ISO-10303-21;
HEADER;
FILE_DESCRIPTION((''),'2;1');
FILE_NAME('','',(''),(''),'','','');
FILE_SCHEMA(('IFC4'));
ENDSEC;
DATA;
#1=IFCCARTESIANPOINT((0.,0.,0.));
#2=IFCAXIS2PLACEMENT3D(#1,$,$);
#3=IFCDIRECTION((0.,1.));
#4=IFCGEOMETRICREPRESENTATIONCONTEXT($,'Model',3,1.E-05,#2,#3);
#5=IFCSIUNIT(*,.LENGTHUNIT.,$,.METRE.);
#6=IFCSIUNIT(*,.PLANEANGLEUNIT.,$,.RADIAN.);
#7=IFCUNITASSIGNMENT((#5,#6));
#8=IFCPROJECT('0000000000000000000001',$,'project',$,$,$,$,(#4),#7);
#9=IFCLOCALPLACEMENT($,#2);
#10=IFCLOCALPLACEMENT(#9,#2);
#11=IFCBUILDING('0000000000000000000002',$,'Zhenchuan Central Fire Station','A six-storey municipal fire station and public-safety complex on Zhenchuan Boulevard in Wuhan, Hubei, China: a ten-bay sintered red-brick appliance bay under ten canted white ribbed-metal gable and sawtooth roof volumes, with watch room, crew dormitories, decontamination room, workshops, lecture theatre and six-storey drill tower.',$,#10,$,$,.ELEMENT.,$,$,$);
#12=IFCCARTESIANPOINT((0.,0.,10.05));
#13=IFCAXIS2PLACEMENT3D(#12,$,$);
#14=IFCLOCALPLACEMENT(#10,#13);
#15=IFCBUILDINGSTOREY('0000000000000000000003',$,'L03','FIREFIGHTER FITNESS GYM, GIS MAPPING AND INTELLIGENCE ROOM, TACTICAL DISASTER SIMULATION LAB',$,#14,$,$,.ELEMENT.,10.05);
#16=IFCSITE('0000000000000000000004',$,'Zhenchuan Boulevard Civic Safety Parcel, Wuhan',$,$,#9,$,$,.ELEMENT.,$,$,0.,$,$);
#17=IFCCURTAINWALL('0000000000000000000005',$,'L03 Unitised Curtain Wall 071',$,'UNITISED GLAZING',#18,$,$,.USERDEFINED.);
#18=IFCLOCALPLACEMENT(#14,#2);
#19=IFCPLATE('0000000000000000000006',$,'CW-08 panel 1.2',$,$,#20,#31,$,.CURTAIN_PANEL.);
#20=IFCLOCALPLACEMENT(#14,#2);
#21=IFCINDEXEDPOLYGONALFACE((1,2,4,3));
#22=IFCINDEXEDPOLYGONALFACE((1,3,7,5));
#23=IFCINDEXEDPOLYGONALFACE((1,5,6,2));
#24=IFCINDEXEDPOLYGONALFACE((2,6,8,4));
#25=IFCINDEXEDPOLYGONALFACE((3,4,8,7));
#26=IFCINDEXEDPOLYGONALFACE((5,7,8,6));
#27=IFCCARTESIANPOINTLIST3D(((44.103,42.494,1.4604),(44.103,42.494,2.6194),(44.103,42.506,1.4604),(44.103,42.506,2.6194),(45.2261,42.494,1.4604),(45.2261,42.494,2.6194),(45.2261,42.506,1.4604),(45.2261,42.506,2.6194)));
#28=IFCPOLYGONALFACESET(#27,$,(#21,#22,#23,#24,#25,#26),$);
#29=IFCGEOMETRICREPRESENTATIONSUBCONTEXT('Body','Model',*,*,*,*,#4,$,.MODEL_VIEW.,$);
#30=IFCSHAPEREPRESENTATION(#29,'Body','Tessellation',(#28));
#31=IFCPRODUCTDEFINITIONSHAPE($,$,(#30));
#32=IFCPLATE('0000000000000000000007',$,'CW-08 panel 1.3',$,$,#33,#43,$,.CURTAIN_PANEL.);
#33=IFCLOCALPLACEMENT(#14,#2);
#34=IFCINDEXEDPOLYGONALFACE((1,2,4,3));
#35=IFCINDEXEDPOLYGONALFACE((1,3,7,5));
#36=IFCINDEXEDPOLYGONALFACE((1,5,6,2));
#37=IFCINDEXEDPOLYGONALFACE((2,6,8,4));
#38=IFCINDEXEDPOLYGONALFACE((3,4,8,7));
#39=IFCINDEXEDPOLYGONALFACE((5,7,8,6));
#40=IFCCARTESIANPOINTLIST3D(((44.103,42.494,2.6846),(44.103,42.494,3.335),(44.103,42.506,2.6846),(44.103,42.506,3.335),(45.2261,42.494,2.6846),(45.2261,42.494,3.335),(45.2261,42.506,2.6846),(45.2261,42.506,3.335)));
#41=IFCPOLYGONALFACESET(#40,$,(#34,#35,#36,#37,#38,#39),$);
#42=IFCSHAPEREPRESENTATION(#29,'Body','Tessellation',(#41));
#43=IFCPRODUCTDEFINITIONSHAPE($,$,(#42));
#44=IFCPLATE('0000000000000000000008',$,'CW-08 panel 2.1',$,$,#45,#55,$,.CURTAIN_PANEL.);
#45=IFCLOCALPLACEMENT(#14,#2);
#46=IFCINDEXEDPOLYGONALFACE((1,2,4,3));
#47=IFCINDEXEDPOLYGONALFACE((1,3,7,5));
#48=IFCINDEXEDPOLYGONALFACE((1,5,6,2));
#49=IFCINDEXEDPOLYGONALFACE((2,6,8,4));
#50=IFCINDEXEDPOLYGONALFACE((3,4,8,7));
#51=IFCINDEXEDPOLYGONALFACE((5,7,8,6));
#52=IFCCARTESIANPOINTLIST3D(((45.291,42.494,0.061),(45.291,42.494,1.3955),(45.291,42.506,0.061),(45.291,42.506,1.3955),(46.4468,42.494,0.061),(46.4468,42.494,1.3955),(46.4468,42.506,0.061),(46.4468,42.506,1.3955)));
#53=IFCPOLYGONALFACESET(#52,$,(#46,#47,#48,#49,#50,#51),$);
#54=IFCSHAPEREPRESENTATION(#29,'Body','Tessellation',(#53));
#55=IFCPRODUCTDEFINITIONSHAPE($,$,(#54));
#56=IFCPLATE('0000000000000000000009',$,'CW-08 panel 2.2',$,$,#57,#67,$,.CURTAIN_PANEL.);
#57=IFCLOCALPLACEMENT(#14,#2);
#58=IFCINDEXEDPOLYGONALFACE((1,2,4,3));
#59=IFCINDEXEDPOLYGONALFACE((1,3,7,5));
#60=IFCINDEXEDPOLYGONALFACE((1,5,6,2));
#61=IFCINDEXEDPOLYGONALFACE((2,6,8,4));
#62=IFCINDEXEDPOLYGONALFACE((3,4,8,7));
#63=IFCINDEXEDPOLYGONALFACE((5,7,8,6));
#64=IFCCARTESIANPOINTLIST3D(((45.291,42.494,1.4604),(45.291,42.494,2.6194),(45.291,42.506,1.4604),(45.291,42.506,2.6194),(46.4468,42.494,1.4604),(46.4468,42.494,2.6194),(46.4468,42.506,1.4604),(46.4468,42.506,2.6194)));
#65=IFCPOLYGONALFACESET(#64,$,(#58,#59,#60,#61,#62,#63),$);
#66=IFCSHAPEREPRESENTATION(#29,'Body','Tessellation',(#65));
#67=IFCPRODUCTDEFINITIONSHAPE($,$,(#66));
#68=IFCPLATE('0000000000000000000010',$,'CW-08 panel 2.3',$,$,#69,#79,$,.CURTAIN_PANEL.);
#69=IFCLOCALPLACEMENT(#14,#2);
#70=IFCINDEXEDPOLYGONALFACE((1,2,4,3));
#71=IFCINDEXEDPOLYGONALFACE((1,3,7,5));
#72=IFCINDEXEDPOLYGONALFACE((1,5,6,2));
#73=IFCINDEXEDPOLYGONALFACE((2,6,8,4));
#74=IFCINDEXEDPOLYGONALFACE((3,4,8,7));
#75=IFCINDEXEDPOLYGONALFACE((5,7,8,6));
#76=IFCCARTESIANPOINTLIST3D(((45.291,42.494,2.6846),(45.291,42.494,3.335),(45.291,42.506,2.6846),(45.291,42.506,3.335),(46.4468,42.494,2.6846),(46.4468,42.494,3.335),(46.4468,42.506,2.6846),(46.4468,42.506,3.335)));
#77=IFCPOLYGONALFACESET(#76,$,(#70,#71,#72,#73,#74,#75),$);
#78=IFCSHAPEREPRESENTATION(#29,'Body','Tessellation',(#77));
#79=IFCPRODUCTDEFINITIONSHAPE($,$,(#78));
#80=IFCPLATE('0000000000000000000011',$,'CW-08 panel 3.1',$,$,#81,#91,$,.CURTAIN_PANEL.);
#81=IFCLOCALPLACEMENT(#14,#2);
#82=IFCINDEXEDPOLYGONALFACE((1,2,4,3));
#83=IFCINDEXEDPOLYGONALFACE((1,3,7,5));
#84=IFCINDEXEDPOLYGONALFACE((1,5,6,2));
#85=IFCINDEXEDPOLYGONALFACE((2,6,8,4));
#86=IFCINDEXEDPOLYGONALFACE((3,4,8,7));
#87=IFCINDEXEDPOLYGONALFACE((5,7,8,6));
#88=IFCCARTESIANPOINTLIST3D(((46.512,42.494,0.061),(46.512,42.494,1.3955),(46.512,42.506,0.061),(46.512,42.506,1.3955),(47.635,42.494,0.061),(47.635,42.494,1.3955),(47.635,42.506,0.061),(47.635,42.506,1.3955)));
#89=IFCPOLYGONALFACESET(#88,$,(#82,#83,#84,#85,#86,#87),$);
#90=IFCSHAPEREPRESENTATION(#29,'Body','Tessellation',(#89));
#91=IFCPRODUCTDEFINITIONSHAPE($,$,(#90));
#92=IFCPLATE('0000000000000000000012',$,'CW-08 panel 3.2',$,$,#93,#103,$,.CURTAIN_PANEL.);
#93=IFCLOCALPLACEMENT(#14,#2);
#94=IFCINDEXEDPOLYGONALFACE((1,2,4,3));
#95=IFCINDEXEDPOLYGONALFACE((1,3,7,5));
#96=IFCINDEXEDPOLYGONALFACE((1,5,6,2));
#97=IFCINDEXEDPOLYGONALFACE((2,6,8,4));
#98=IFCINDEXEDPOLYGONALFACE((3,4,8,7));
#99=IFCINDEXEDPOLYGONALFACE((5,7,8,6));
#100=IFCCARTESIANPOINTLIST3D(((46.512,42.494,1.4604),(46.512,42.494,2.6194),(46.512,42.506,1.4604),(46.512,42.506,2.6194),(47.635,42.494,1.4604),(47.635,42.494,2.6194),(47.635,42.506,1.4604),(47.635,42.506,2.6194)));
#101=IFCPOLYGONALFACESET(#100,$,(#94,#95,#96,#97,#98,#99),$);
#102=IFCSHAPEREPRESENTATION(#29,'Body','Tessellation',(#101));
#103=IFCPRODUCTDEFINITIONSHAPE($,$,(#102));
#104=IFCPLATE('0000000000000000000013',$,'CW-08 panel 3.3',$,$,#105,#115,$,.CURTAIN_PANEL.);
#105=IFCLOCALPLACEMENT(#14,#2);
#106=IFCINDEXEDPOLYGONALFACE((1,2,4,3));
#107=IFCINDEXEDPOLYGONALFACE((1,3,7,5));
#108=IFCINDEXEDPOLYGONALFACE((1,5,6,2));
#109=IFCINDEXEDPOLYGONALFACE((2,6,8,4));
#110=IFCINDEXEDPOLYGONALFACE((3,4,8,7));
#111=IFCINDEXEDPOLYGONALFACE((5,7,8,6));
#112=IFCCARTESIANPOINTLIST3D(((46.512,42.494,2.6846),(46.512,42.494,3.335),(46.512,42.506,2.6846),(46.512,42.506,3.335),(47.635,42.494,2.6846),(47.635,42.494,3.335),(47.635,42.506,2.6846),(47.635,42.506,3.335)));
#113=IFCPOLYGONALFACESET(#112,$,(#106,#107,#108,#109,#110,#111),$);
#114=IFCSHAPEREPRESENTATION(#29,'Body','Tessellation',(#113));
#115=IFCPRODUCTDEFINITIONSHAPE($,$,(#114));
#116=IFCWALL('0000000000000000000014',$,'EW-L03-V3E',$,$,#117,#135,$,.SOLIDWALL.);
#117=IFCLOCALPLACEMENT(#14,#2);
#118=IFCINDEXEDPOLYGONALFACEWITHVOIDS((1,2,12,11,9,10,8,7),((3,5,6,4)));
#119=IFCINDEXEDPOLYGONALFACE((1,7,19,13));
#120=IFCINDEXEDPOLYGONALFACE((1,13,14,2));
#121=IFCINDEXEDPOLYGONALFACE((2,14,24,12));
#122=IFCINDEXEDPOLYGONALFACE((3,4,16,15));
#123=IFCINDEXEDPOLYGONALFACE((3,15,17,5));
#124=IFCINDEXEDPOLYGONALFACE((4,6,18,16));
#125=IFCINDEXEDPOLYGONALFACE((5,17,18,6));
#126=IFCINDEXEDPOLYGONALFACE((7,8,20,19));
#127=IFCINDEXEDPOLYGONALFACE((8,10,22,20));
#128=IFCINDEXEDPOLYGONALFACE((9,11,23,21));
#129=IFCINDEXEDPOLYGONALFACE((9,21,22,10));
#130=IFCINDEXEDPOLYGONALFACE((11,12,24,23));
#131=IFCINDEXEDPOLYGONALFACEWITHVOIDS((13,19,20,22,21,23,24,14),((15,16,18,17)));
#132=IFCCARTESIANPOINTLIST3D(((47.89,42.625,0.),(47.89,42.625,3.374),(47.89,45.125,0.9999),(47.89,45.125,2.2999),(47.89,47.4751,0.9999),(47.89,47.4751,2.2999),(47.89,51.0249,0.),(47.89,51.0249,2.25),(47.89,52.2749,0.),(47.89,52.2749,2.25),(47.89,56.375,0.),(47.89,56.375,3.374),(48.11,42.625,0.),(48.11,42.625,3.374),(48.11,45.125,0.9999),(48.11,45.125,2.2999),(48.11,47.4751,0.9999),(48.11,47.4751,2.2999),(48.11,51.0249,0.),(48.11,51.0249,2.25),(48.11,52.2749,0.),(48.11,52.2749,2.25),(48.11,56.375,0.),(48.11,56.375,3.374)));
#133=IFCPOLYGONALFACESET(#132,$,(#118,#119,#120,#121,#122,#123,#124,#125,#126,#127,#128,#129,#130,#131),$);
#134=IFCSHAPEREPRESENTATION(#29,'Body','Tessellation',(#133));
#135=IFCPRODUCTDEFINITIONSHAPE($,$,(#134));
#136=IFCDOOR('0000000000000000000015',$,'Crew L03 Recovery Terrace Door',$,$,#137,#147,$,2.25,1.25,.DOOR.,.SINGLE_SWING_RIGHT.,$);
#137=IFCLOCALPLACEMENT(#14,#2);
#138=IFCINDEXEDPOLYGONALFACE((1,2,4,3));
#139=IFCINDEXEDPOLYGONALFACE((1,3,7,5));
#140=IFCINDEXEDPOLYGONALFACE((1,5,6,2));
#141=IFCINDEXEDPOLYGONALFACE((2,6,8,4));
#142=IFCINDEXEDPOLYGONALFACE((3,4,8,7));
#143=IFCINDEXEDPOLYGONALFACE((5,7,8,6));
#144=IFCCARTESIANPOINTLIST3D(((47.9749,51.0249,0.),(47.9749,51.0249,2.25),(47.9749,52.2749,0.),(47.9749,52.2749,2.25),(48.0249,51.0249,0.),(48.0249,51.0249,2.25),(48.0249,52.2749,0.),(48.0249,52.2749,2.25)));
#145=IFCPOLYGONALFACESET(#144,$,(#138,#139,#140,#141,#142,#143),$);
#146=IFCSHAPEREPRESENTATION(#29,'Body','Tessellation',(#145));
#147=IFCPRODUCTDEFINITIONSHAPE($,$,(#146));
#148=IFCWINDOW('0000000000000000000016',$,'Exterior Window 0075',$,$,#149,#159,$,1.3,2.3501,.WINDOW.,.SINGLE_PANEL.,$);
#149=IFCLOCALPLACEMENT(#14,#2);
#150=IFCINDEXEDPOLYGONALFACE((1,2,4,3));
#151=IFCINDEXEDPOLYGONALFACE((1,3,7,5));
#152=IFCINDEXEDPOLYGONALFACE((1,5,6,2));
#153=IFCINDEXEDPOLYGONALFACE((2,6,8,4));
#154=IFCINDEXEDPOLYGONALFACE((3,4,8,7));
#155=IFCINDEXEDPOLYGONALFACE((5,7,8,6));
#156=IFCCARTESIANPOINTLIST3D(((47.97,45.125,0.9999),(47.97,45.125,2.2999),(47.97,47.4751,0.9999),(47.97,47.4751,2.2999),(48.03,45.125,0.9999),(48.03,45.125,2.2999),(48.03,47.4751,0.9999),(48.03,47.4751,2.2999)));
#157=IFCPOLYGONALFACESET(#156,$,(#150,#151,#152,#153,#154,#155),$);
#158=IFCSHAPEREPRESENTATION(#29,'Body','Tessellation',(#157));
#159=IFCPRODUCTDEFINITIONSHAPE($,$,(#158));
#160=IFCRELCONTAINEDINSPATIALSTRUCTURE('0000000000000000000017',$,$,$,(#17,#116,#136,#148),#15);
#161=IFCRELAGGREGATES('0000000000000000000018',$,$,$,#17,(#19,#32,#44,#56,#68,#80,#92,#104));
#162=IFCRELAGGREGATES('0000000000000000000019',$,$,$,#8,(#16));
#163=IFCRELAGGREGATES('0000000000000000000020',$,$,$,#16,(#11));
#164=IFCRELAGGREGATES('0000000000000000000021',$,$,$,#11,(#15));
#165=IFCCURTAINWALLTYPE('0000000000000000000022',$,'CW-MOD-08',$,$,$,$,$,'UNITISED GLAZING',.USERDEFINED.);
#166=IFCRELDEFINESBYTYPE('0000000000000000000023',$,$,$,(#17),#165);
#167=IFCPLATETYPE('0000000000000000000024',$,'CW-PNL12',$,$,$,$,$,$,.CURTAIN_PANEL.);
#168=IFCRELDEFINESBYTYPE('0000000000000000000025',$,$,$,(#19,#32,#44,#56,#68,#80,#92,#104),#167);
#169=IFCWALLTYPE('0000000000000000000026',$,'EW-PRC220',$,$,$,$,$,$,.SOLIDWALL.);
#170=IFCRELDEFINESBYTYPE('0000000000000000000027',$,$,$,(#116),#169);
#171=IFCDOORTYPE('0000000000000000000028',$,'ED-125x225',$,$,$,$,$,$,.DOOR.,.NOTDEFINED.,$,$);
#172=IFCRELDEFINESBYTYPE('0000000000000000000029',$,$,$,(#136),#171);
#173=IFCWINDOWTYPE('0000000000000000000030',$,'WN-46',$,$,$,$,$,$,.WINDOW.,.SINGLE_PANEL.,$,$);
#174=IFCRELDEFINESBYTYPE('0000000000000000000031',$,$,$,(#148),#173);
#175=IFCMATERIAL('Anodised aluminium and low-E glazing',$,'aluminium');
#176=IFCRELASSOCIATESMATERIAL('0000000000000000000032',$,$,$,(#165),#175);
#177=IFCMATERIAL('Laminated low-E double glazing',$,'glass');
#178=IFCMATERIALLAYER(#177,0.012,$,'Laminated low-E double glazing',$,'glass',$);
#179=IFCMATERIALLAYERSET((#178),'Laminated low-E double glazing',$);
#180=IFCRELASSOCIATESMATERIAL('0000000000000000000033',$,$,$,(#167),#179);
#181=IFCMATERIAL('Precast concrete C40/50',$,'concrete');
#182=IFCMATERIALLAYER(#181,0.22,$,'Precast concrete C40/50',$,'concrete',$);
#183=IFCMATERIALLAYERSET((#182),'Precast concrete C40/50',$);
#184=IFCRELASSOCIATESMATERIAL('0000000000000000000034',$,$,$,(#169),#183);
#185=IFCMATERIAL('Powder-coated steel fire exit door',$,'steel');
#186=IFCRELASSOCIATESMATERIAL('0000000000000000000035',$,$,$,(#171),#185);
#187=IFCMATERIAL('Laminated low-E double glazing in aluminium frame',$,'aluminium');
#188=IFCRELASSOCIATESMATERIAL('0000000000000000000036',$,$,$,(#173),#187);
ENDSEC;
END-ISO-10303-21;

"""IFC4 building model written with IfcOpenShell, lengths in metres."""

from ifc_helpers import new_model, si_unit, direction, frame, frame_2d, origin, origin_2d, place, context, subcontext, project, spatial, rectangle, extrude, material, layer, layer_set, type_object, element, fill, aggregate, save


model = new_model("IFC4")

# Units and contexts
model_context = context("Model", 3, precision=1e-05, world=origin(), true_north=direction((0.0, 1.0)))
body_context = subcontext(model_context, "Body", "Model", "MODEL_VIEW")
ifc_project = project(units=[si_unit("LENGTHUNIT", "METRE"), si_unit("PLANEANGLEUNIT", "RADIAN")], contexts=[model_context])

# Site, building, storey
site_placement = place(None, origin())
site = spatial("IfcSite", under=ifc_project, at=site_placement, Name="Zhenchuan Boulevard Civic Safety Parcel, Wuhan", CompositionType="ELEMENT", RefElevation=0.0)
building_placement = place(site_placement, origin())
building = spatial("IfcBuilding", under=site, at=building_placement, Name="Zhenchuan Central Fire Station", Description="A six-storey municipal fire station and public-safety complex on Zhenchuan Boulevard in Wuhan, Hubei, China: a ten-bay sintered red-brick appliance bay under ten canted white ribbed-metal gable and sawtooth roof volumes, with watch room, crew dormitories, decontamination room, workshops, lecture theatre and six-storey drill tower.", CompositionType="ELEMENT")
storey_placement = place(building_placement, frame((0.0, 0.0, 10.05)))
storey = spatial("IfcBuildingStorey", under=building, at=storey_placement, Name="L03", Description="FIREFIGHTER FITNESS GYM, GIS MAPPING AND INTELLIGENCE ROOM, TACTICAL DISASTER SIMULATION LAB", CompositionType="ELEMENT", Elevation=10.05)

# Shared definitions
ifc_material_1 = material(Name="Anodised aluminium and low-E glazing", Category="aluminium")

# Curtain wall
curtain_wall_type_1 = type_object("IfcCurtainWallType", Name="CW-MOD-08", ElementType="UNITISED GLAZING", PredefinedType="USERDEFINED", material=ifc_material_1)
curtain_wall_1_placement = place(storey_placement, origin())
curtain_wall_1 = element("IfcCurtainWall", 1, at=curtain_wall_1_placement, inside=storey, type_object=curtain_wall_type_1, Name="L03 Unitised Curtain Wall 071", ObjectType="UNITISED GLAZING", PredefinedType="USERDEFINED")

# Plates
ifc_material_2 = material(Name="Laminated low-E double glazing", Category="glass")
ifc_layer_1 = layer(ifc_material_2, 0.012, Name="Laminated low-E double glazing", Category="glass")
ifc_layer_set_1 = layer_set([ifc_layer_1], Name="Laminated low-E double glazing")
plate_type = type_object("IfcPlateType", Name="CW-PNL12", PredefinedType="CURTAIN_PANEL", material=ifc_layer_set_1)
plate_1_placement = place(storey_placement, frame((44.6646, 42.5, 1.4604), z_axis=(0.0, 0.0, 1.0), x_axis=(1.0, 0.0, 0.0)))
plate_1 = element("IfcPlate", 2, at=plate_1_placement, type_object=plate_type, Name="CW-08 panel 1.2", PredefinedType="CURTAIN_PANEL", context=body_context, shape_type="SweptSolid", body=[
    extrude(rectangle(XDim=1.123, YDim=0.012, at=origin_2d()), origin(), (0.0, 0.0, 1.0), 1.1589),
])
plate_2_placement = place(storey_placement, frame((44.6646, 42.5, 2.6846), z_axis=(0.0, 0.0, 1.0), x_axis=(1.0, 0.0, 0.0)))
plate_2 = element("IfcPlate", 3, at=plate_2_placement, type_object=plate_type, Name="CW-08 panel 1.3", PredefinedType="CURTAIN_PANEL", context=body_context, shape_type="SweptSolid", body=[
    extrude(rectangle(XDim=1.123, YDim=0.012, at=origin_2d()), origin(), (0.0, 0.0, 1.0), 0.6504),
])
plate_3_placement = place(storey_placement, frame((45.8689, 42.5, 0.061), z_axis=(0.0, 0.0, 1.0), x_axis=(1.0, 0.0, 0.0)))
plate_3 = element("IfcPlate", 4, at=plate_3_placement, type_object=plate_type, Name="CW-08 panel 2.1", PredefinedType="CURTAIN_PANEL", context=body_context, shape_type="SweptSolid", body=[
    extrude(rectangle(XDim=1.1558, YDim=0.012, at=origin_2d()), origin(), (0.0, 0.0, 1.0), 1.3345),
])
plate_4_placement = place(storey_placement, frame((45.8689, 42.5, 1.4604), z_axis=(0.0, 0.0, 1.0), x_axis=(1.0, 0.0, 0.0)))
plate_4 = element("IfcPlate", 5, at=plate_4_placement, type_object=plate_type, Name="CW-08 panel 2.2", PredefinedType="CURTAIN_PANEL", context=body_context, shape_type="SweptSolid", body=[
    extrude(rectangle(XDim=1.1558, YDim=0.012, at=origin_2d()), origin(), (0.0, 0.0, 1.0), 1.1589),
])
plate_5_placement = place(storey_placement, frame((45.8689, 42.5, 2.6846), z_axis=(0.0, 0.0, 1.0), x_axis=(1.0, 0.0, 0.0)))
plate_5 = element("IfcPlate", 6, at=plate_5_placement, type_object=plate_type, Name="CW-08 panel 2.3", PredefinedType="CURTAIN_PANEL", context=body_context, shape_type="SweptSolid", body=[
    extrude(rectangle(XDim=1.1558, YDim=0.012, at=origin_2d()), origin(), (0.0, 0.0, 1.0), 0.6504),
])
plate_6_placement = place(storey_placement, frame((47.0735, 42.5, 0.061), z_axis=(0.0, 0.0, 1.0), x_axis=(1.0, 0.0, 0.0)))
plate_6 = element("IfcPlate", 7, at=plate_6_placement, type_object=plate_type, Name="CW-08 panel 3.1", PredefinedType="CURTAIN_PANEL", context=body_context, shape_type="SweptSolid", body=[
    extrude(rectangle(XDim=1.123, YDim=0.012, at=origin_2d()), origin(), (0.0, 0.0, 1.0), 1.3345),
])
plate_7_placement = place(storey_placement, frame((47.0735, 42.5, 1.4604), z_axis=(0.0, 0.0, 1.0), x_axis=(1.0, 0.0, 0.0)))
plate_7 = element("IfcPlate", 8, at=plate_7_placement, type_object=plate_type, Name="CW-08 panel 3.2", PredefinedType="CURTAIN_PANEL", context=body_context, shape_type="SweptSolid", body=[
    extrude(rectangle(XDim=1.123, YDim=0.012, at=origin_2d()), origin(), (0.0, 0.0, 1.0), 1.1589),
])
plate_8_placement = place(storey_placement, frame((47.0735, 42.5, 2.6846), z_axis=(0.0, 0.0, 1.0), x_axis=(1.0, 0.0, 0.0)))
plate_8 = element("IfcPlate", 9, at=plate_8_placement, type_object=plate_type, Name="CW-08 panel 3.3", PredefinedType="CURTAIN_PANEL", context=body_context, shape_type="SweptSolid", body=[
    extrude(rectangle(XDim=1.123, YDim=0.012, at=origin_2d()), origin(), (0.0, 0.0, 1.0), 0.6504),
])
aggregate(curtain_wall_1, [plate_1, plate_2, plate_3, plate_4, plate_5, plate_6, plate_7, plate_8])

# Wall, openings, door, window
ifc_material_3 = material(Name="Precast concrete C40/50", Category="concrete")
ifc_layer_2 = layer(ifc_material_3, 0.22, Name="Precast concrete C40/50", Category="concrete")
ifc_layer_set_2 = layer_set([ifc_layer_2], Name="Precast concrete C40/50")
wall_type = type_object("IfcWallType", Name="EW-PRC220", PredefinedType="SOLIDWALL", material=ifc_layer_set_2)
wall_placement = place(storey_placement, frame((48.0, 42.625, 0.0), z_axis=(0.0, 0.0, 1.0), x_axis=(0.0, 1.0, 0.0)))
wall = element("IfcWall", 10, at=wall_placement, inside=storey, type_object=wall_type, Name="EW-L03-V3E", PredefinedType="SOLIDWALL", context=body_context, shape_type="SweptSolid", body=[
    extrude(rectangle(XDim=13.75, YDim=0.22, at=frame_2d((6.875, 0.0))), origin(), (0.0, 0.0, 1.0), 3.374),
])
opening_1_placement = place(wall_placement, frame((8.3999, 0.0, 0.0)))
opening_1 = element("IfcOpeningElement", 11, at=opening_1_placement, cuts=wall, PredefinedType="OPENING", context=body_context, shape_type="SweptSolid", body=[
    extrude(rectangle(XDim=1.25, YDim=2.25, at=frame_2d((0.625, 1.125))), frame((0.0, 0.1199, 0.0), z_axis=(0.0, -1.0, 0.0), x_axis=(1.0, 0.0, 0.0)), (0.0, 0.0, 1.0), 0.24),
])
opening_2_placement = place(wall_placement, frame((2.5, 0.0, 1.0)))
opening_2 = element("IfcOpeningElement", 12, at=opening_2_placement, cuts=wall, PredefinedType="OPENING", context=body_context, shape_type="SweptSolid", body=[
    extrude(rectangle(XDim=2.3501, YDim=1.3, at=frame_2d((1.175, 0.6499))), frame((0.0, 0.1199, 0.0), z_axis=(0.0, -1.0, 0.0), x_axis=(1.0, 0.0, 0.0)), (0.0, 0.0, 1.0), 0.24),
])
ifc_material_4 = material(Name="Powder-coated steel fire exit door", Category="steel")
door_type = type_object("IfcDoorType", Name="ED-125x225", OperationType="NOTDEFINED", PredefinedType="DOOR", material=ifc_material_4)
door_placement = place(opening_1_placement, frame((1.25, 0.0, 0.0), z_axis=(0.0, 0.0, 1.0), x_axis=(-1.0, 0.0, 0.0)))
door = element("IfcDoor", 13, at=door_placement, inside=storey, type_object=door_type, Name="Crew L03 Recovery Terrace Door", OperationType="SINGLE_SWING_RIGHT", OverallHeight=2.25, OverallWidth=1.25, PredefinedType="DOOR", context=body_context, shape_type="SweptSolid", body=[
    extrude(rectangle(XDim=1.25, YDim=2.25, at=frame_2d((0.625, 1.125))), frame((0.0, 0.0249, 0.0), z_axis=(0.0, -1.0, 0.0), x_axis=(1.0, 0.0, 0.0)), (0.0, 0.0, 1.0), 0.05),
])
fill(opening_1, door)
ifc_material_5 = material(Name="Laminated low-E double glazing in aluminium frame", Category="aluminium")
window_type = type_object("IfcWindowType", Name="WN-46", PartitioningType="SINGLE_PANEL", PredefinedType="WINDOW", material=ifc_material_5)
window_placement = place(opening_2_placement, origin())
window = element("IfcWindow", 14, at=window_placement, inside=storey, type_object=window_type, Name="Exterior Window 0075", OverallHeight=1.3, OverallWidth=2.3501, PartitioningType="SINGLE_PANEL", PredefinedType="WINDOW", context=body_context, shape_type="SweptSolid", body=[
    extrude(rectangle(XDim=2.3501, YDim=1.3, at=frame_2d((1.175, 0.6499))), frame((0.0, 0.03, 0.0), z_axis=(0.0, -1.0, 0.0), x_axis=(1.0, 0.0, 0.0)), (0.0, 0.0, 1.0), 0.0601),
])
fill(opening_2, window)

save(model, "model.ifc")
